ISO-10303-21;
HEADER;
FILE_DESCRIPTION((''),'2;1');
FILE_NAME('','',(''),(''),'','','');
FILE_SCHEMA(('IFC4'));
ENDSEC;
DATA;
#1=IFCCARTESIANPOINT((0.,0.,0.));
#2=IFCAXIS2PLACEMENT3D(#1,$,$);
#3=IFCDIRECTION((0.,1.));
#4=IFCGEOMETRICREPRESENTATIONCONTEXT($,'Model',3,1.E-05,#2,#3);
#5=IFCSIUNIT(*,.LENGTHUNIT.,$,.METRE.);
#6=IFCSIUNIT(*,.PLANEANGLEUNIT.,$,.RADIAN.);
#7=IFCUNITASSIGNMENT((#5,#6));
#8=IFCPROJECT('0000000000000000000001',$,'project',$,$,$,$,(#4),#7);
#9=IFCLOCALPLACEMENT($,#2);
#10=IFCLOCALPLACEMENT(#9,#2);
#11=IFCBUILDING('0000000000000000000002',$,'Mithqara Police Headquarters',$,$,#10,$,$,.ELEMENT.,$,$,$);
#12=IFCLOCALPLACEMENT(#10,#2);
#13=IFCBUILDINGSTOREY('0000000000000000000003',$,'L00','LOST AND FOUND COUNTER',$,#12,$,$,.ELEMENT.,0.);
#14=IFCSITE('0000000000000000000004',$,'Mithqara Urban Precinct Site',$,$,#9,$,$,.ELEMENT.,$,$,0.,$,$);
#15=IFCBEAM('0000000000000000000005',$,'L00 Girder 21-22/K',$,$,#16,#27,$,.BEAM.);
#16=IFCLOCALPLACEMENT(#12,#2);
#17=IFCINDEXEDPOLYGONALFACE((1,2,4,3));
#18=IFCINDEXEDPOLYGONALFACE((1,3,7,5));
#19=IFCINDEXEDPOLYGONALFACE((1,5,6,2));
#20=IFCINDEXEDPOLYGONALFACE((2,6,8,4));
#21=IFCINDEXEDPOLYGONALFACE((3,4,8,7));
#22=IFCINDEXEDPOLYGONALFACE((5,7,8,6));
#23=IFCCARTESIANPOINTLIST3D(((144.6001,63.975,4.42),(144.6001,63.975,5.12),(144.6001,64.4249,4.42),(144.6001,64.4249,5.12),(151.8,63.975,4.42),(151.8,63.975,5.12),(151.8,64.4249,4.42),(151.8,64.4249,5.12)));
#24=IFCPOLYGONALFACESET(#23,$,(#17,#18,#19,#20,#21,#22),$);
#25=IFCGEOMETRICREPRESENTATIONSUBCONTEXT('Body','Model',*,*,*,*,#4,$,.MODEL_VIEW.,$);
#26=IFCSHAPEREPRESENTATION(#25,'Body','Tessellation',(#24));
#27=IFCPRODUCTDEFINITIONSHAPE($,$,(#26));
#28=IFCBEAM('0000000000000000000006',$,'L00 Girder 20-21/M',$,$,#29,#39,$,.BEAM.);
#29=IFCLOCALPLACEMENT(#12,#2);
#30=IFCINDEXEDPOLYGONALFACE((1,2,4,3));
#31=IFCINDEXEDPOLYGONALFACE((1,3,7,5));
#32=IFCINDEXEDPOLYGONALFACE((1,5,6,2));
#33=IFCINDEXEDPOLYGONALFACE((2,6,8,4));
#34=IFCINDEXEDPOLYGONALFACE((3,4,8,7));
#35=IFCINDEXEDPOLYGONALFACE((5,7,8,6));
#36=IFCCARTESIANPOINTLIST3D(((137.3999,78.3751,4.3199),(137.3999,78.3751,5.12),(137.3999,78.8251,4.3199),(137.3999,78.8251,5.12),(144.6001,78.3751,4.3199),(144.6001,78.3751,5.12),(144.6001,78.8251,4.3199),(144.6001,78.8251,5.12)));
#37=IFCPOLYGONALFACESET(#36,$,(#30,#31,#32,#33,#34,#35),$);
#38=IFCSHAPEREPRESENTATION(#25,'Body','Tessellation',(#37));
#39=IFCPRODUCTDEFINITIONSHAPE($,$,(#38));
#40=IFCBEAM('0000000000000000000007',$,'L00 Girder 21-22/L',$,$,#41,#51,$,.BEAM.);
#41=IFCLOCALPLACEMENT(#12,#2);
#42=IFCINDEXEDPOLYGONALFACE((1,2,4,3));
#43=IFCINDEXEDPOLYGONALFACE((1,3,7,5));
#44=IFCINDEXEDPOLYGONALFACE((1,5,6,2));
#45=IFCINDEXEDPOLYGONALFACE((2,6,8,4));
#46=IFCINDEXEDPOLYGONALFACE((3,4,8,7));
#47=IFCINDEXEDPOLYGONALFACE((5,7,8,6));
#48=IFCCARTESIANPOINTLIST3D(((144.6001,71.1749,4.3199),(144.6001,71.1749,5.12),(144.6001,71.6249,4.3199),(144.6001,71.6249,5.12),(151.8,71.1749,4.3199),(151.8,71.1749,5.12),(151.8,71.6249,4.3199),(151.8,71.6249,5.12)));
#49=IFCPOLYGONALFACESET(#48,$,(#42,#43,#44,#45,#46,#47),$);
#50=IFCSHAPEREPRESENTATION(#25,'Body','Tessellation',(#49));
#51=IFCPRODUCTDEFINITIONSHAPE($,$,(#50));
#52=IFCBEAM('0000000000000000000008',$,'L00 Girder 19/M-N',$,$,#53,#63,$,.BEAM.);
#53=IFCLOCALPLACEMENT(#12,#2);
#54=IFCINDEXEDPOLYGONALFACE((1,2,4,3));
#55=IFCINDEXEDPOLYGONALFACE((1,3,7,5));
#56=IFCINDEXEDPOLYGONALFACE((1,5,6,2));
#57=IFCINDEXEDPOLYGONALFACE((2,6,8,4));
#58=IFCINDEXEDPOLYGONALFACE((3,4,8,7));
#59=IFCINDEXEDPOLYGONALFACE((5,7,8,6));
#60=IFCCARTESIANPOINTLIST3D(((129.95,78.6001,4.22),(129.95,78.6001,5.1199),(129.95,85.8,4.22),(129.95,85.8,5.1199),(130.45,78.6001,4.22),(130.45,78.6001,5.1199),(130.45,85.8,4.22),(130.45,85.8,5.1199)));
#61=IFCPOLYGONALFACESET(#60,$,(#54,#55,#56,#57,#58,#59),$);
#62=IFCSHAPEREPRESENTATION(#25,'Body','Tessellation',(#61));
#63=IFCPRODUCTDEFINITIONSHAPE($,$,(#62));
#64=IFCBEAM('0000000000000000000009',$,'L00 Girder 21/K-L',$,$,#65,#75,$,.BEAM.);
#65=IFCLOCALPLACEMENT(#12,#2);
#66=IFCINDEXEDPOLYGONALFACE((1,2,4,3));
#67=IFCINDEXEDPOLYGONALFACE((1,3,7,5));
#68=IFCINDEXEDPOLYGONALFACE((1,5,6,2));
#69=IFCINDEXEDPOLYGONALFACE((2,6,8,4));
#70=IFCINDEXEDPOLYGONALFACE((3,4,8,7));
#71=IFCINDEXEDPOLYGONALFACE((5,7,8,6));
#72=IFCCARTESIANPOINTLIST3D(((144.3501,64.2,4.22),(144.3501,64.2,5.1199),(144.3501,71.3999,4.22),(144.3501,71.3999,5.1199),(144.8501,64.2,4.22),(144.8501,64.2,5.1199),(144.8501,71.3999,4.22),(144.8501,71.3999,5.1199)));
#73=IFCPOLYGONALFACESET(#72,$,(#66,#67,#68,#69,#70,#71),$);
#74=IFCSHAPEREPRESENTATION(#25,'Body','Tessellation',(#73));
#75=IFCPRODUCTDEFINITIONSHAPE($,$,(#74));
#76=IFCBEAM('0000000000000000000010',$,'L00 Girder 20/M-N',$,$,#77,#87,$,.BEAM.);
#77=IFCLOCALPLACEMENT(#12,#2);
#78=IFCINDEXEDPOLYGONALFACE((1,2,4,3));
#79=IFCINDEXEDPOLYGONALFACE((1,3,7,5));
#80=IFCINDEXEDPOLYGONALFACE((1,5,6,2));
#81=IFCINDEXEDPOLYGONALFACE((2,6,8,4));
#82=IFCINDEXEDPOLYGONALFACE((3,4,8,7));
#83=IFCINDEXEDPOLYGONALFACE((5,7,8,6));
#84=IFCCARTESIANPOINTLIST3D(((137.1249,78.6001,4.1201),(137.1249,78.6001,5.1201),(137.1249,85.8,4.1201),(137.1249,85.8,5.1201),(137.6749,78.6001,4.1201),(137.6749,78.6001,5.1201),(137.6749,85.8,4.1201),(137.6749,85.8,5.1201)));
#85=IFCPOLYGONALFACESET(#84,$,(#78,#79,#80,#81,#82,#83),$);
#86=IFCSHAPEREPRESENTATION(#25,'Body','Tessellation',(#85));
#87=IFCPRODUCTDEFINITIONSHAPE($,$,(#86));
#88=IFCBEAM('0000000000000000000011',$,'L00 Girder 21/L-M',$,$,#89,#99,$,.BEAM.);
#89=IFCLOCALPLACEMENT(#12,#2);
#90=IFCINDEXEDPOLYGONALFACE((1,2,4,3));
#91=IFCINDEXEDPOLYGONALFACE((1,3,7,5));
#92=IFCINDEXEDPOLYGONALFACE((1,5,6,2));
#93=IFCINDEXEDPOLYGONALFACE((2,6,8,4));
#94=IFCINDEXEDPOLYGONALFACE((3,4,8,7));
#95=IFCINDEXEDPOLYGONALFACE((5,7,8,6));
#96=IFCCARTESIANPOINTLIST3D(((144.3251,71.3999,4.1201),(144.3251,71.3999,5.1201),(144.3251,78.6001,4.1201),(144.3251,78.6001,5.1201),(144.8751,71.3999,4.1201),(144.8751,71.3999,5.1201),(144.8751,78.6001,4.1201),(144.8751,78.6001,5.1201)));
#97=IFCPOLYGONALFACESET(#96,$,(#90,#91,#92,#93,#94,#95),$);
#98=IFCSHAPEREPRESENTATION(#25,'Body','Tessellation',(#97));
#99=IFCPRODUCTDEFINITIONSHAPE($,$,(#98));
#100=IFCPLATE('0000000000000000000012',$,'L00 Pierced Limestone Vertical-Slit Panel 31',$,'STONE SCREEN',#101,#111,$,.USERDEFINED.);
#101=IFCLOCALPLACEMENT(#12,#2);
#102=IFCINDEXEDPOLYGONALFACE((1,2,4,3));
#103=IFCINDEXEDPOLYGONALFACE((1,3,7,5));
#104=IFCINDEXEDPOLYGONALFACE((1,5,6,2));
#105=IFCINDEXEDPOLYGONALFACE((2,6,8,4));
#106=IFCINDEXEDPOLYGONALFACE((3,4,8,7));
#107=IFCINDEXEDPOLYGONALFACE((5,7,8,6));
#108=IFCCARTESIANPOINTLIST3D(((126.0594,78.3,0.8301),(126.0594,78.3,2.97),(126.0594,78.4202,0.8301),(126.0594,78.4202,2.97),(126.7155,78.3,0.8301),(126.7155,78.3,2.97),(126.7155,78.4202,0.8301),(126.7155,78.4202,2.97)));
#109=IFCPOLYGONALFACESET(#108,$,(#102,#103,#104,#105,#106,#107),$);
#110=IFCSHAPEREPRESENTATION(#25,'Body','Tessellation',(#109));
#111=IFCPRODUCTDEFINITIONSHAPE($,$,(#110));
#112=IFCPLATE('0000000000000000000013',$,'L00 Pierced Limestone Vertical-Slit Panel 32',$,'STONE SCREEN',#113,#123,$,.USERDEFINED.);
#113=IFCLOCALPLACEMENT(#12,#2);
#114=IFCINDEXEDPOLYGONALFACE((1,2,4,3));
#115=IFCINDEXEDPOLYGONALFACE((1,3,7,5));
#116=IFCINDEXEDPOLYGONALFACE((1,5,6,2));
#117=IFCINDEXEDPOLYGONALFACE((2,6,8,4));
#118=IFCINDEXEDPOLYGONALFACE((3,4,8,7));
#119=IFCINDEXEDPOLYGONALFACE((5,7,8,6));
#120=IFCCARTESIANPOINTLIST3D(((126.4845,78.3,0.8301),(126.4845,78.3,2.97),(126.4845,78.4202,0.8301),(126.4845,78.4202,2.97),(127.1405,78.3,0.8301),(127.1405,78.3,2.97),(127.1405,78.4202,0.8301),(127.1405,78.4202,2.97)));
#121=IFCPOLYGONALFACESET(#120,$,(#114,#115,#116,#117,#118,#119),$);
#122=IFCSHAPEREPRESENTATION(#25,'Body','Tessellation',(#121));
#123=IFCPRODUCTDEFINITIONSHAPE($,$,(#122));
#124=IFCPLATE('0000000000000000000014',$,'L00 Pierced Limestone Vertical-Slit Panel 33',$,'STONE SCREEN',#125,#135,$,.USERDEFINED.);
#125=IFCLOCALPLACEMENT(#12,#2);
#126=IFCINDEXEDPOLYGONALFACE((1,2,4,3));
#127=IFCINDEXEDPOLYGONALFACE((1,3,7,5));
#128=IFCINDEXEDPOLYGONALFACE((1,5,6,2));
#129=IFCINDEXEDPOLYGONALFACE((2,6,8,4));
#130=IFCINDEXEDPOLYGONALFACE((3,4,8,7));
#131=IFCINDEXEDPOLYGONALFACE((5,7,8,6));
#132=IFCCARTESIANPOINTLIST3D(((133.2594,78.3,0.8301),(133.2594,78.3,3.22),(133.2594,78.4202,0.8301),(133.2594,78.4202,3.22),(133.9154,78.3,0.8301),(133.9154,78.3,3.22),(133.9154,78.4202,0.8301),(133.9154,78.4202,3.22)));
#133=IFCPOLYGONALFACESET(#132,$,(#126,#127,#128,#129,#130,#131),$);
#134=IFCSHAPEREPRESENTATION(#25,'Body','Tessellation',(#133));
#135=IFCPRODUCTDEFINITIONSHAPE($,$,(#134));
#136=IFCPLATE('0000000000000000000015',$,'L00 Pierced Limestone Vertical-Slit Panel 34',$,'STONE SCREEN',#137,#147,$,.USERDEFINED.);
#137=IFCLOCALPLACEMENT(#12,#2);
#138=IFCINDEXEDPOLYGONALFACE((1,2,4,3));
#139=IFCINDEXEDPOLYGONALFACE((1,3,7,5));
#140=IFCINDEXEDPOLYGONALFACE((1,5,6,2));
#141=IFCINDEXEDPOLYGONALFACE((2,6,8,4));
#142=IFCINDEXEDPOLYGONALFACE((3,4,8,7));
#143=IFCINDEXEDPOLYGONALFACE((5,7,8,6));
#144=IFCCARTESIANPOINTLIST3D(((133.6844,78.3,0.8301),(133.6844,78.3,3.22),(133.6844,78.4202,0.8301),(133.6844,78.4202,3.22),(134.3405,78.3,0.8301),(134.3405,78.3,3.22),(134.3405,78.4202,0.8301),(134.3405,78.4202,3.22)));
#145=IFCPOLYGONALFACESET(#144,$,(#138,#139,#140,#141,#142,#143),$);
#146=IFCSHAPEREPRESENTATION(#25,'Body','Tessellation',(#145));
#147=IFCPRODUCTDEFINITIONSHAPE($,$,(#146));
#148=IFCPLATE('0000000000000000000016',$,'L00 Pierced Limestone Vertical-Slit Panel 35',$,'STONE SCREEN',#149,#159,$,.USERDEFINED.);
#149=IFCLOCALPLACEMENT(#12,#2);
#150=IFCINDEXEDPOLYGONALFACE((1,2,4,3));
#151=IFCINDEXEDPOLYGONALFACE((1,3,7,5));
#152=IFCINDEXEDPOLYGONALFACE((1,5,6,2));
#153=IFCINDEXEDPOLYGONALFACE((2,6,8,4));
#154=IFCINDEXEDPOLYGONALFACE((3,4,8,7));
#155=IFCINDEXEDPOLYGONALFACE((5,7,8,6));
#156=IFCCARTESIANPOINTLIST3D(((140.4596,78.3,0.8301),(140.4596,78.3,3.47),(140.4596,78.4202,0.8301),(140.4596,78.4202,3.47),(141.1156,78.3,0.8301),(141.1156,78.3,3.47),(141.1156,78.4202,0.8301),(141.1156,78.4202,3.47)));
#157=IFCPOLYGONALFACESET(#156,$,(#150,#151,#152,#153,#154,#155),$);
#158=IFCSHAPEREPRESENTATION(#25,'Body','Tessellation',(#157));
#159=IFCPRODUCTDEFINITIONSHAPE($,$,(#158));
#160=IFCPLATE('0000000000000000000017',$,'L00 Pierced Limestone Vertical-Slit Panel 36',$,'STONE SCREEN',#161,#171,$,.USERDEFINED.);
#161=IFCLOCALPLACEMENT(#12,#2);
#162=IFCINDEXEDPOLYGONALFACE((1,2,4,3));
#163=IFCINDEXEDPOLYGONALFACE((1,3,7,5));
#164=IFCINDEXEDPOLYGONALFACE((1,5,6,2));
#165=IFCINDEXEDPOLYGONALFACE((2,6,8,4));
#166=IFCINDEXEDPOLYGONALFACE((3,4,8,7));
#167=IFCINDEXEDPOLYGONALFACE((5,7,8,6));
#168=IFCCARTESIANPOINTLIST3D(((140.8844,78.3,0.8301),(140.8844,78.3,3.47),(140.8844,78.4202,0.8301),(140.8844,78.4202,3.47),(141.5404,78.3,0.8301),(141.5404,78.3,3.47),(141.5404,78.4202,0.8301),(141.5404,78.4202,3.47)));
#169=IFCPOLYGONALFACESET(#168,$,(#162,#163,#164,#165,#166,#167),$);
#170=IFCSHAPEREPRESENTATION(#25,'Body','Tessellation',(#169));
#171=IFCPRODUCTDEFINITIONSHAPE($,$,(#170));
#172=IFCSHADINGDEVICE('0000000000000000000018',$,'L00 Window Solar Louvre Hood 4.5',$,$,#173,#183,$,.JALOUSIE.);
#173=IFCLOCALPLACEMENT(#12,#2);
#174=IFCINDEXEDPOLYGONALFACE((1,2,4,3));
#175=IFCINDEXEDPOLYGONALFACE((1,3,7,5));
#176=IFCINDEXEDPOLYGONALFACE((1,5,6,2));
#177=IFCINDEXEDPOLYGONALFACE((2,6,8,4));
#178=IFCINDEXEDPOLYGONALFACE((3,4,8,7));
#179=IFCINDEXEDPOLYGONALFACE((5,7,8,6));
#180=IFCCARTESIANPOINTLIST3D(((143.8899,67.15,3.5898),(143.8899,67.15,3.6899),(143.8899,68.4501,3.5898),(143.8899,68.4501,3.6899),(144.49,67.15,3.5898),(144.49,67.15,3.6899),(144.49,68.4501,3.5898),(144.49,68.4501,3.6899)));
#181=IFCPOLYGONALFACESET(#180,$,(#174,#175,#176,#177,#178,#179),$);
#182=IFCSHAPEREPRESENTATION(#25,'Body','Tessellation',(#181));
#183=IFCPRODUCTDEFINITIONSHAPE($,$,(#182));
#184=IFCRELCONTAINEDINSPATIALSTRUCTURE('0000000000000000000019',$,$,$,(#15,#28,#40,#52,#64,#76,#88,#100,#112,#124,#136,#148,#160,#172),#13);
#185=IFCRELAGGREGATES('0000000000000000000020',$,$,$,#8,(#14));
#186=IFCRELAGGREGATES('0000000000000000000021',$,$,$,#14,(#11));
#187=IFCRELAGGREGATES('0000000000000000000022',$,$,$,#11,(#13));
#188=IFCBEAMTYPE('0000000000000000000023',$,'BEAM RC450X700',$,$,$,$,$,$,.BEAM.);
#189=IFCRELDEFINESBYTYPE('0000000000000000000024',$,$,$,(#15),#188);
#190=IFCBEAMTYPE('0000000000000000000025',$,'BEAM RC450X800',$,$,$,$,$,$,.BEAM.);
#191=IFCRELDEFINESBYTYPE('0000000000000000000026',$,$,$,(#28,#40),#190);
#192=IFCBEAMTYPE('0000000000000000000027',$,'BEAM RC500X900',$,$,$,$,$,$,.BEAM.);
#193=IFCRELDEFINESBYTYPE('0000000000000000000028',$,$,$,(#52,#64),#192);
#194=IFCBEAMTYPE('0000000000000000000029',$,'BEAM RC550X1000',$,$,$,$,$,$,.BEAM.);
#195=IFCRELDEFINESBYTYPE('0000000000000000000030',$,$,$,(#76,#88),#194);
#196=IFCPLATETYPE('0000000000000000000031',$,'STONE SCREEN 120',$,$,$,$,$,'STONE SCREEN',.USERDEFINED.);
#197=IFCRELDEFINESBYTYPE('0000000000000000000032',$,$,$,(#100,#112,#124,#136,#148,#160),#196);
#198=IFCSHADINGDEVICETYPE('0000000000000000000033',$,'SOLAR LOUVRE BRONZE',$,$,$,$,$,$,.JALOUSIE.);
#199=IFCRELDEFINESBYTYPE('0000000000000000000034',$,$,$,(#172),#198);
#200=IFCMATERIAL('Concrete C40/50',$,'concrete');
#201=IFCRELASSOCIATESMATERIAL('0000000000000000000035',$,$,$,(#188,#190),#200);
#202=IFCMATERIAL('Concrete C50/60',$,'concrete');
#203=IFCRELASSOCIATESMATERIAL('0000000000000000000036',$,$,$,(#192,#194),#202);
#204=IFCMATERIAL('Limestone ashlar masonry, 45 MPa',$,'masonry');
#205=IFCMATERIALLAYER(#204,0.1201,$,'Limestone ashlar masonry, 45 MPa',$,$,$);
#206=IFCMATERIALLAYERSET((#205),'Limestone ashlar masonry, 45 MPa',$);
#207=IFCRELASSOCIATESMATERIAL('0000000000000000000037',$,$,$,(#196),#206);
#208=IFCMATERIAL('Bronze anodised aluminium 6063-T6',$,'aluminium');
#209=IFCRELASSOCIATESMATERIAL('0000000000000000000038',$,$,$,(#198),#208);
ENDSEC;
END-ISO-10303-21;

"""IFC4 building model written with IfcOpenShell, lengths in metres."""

from ifc_helpers import new_model, si_unit, direction, frame, origin, origin_2d, place, context, subcontext, project, spatial, rectangle, extrude, material, layer, layer_set, material_profile, profile_set, type_object, element, save


model = new_model("IFC4")

# Units and contexts
model_context = context("Model", 3, precision=1e-05, world=origin(), true_north=direction((0.0, 1.0)))
body_context = subcontext(model_context, "Body", "Model", "MODEL_VIEW")
ifc_project = project(units=[si_unit("LENGTHUNIT", "METRE"), si_unit("PLANEANGLEUNIT", "RADIAN")], contexts=[model_context])

# Site, building, storey
site_placement = place(None, origin())
site = spatial("IfcSite", under=ifc_project, at=site_placement, Name="Mithqara Urban Precinct Site", CompositionType="ELEMENT", RefElevation=0.0)
building_placement = place(site_placement, origin())
building = spatial("IfcBuilding", under=site, at=building_placement, Name="Mithqara Police Headquarters", CompositionType="ELEMENT")
storey_placement = place(building_placement, origin())
storey = spatial("IfcBuildingStorey", under=building, at=storey_placement, Name="L00", Description="LOST AND FOUND COUNTER", CompositionType="ELEMENT", Elevation=0.0)

# Shared definitions
ifc_material_1 = material(Name="Concrete C50/60", Category="concrete")

# Beams
ifc_material_2 = material(Name="Concrete C40/50", Category="concrete")
ifc_material_profile_1 = material_profile(ifc_material_2, rectangle(XDim=0.45, YDim=0.7, at=origin_2d()), Name="RC 450x700")
ifc_profile_set_1 = profile_set([ifc_material_profile_1], Name="Concrete C40/50")
beam_type_1 = type_object("IfcBeamType", Name="BEAM RC450X700", PredefinedType="BEAM", material=ifc_profile_set_1)
for number, where, z_axis, x_axis, name in (
    (1, (144.6001, 64.2, 4.77), (1.0, 0.0, 0.0), (0.0, 1.0, 0.0), "L00 Girder 21-22/K"),
):
    element("IfcBeam", number, at=place(storey_placement, frame(where, z_axis=z_axis, x_axis=x_axis)), inside=storey, type_object=beam_type_1, Name=name, PredefinedType="BEAM", context=body_context, shape_type="SweptSolid", body=[
        extrude(rectangle(XDim=0.45, YDim=0.7, at=origin_2d()), origin(), (0.0, 0.0, 1.0), 7.2),
    ])
ifc_material_profile_2 = material_profile(ifc_material_2, rectangle(XDim=0.45, YDim=0.8, at=origin_2d()), Name="RC 450x800")
ifc_profile_set_2 = profile_set([ifc_material_profile_2], Name="Concrete C40/50")
beam_type_2 = type_object("IfcBeamType", Name="BEAM RC450X800", PredefinedType="BEAM", material=ifc_profile_set_2)
beam_1_placement = place(storey_placement, frame((137.3999, 78.6001, 4.72), z_axis=(1.0, 0.0, 0.0), x_axis=(0.0, 1.0, 0.0)))
element("IfcBeam", 2, at=beam_1_placement, inside=storey, type_object=beam_type_2, Name="L00 Girder 20-21/M", PredefinedType="BEAM", context=body_context, shape_type="SweptSolid", body=[
    extrude(rectangle(XDim=0.45, YDim=0.8, at=origin_2d()), origin(), (0.0, 0.0, 1.0), 7.2002),
])
beam_2_placement = place(storey_placement, frame((144.6001, 71.3999, 4.72), z_axis=(1.0, 0.0, 0.0), x_axis=(0.0, 1.0, 0.0)))
element("IfcBeam", 3, at=beam_2_placement, inside=storey, type_object=beam_type_2, Name="L00 Girder 21-22/L", PredefinedType="BEAM", context=body_context, shape_type="SweptSolid", body=[
    extrude(rectangle(XDim=0.45, YDim=0.8, at=origin_2d()), origin(), (0.0, 0.0, 1.0), 7.2),
])
ifc_material_profile_3 = material_profile(ifc_material_1, rectangle(XDim=0.5, YDim=0.8999, at=origin_2d()), Name="RC 500x900")
ifc_profile_set_3 = profile_set([ifc_material_profile_3], Name="Concrete C50/60")
beam_type_3 = type_object("IfcBeamType", Name="BEAM RC500X900", PredefinedType="BEAM", material=ifc_profile_set_3)
for number, where, z_axis, x_axis, name in (
    (4, (130.2, 78.6001, 4.6699), (0.0, 1.0, 0.0), (-1.0, 0.0, 0.0), "L00 Girder 19/M-N"),
    (5, (144.6001, 64.2, 4.6699), (0.0, 1.0, 0.0), (-1.0, 0.0, 0.0), "L00 Girder 21/K-L"),
):
    element("IfcBeam", number, at=place(storey_placement, frame(where, z_axis=z_axis, x_axis=x_axis)), inside=storey, type_object=beam_type_3, Name=name, PredefinedType="BEAM", context=body_context, shape_type="SweptSolid", body=[
        extrude(rectangle(XDim=0.5, YDim=0.8999, at=origin_2d()), origin(), (0.0, 0.0, 1.0), 7.2),
    ])
ifc_material_profile_4 = material_profile(ifc_material_1, rectangle(XDim=0.55, YDim=1.0, at=origin_2d()), Name="RC 550x1000")
ifc_profile_set_4 = profile_set([ifc_material_profile_4], Name="Concrete C50/60")
beam_type_4 = type_object("IfcBeamType", Name="BEAM RC550X1000", PredefinedType="BEAM", material=ifc_profile_set_4)
beam_3_placement = place(storey_placement, frame((137.3999, 78.6001, 4.6201), z_axis=(0.0, 1.0, 0.0), x_axis=(-1.0, 0.0, 0.0)))
element("IfcBeam", 6, at=beam_3_placement, inside=storey, type_object=beam_type_4, Name="L00 Girder 20/M-N", PredefinedType="BEAM", context=body_context, shape_type="SweptSolid", body=[
    extrude(rectangle(XDim=0.55, YDim=1.0, at=origin_2d()), origin(), (0.0, 0.0, 1.0), 7.2),
])
beam_4_placement = place(storey_placement, frame((144.6001, 71.3999, 4.6201), z_axis=(0.0, 1.0, 0.0), x_axis=(-1.0, 0.0, 0.0)))
element("IfcBeam", 7, at=beam_4_placement, inside=storey, type_object=beam_type_4, Name="L00 Girder 21/L-M", PredefinedType="BEAM", context=body_context, shape_type="SweptSolid", body=[
    extrude(rectangle(XDim=0.55, YDim=1.0, at=origin_2d()), origin(), (0.0, 0.0, 1.0), 7.2002),
])

# Plates
ifc_material_3 = material(Name="Limestone ashlar masonry, 45 MPa", Category="masonry")
ifc_layer_1 = layer(ifc_material_3, 0.1201, Name="Limestone ashlar masonry, 45 MPa")
ifc_layer_set_1 = layer_set([ifc_layer_1], Name="Limestone ashlar masonry, 45 MPa")
plate_type = type_object("IfcPlateType", Name="STONE SCREEN 120", ElementType="STONE SCREEN", PredefinedType="USERDEFINED", material=ifc_layer_set_1)
for number, where, z_axis, x_axis, name in (
    (8, (126.3875, 78.3601, 0.8301), (0.0, 0.0, 1.0), (1.0, 0.0, 0.0), "L00 Pierced Limestone Vertical-Slit Panel 31"),
    (9, (126.8125, 78.3601, 0.8301), (0.0, 0.0, 1.0), (1.0, 0.0, 0.0), "L00 Pierced Limestone Vertical-Slit Panel 32"),
):
    element("IfcPlate", number, at=place(storey_placement, frame(where, z_axis=z_axis, x_axis=x_axis)), inside=storey, type_object=plate_type, Name=name, ObjectType="STONE SCREEN", PredefinedType="USERDEFINED", context=body_context, shape_type="SweptSolid", body=[
        extrude(rectangle(XDim=0.656, YDim=0.1201, at=origin_2d()), origin(), (0.0, 0.0, 1.0), 2.1399),
    ])
for number, where, z_axis, x_axis, name in (
    (10, (133.5874, 78.3601, 0.8301), (0.0, 0.0, 1.0), (1.0, 0.0, 0.0), "L00 Pierced Limestone Vertical-Slit Panel 33"),
    (11, (134.0125, 78.3601, 0.8301), (0.0, 0.0, 1.0), (1.0, 0.0, 0.0), "L00 Pierced Limestone Vertical-Slit Panel 34"),
):
    element("IfcPlate", number, at=place(storey_placement, frame(where, z_axis=z_axis, x_axis=x_axis)), inside=storey, type_object=plate_type, Name=name, ObjectType="STONE SCREEN", PredefinedType="USERDEFINED", context=body_context, shape_type="SweptSolid", body=[
        extrude(rectangle(XDim=0.656, YDim=0.1201, at=origin_2d()), origin(), (0.0, 0.0, 1.0), 2.3899),
    ])
for number, where, z_axis, x_axis, name in (
    (12, (140.7876, 78.3601, 0.8301), (0.0, 0.0, 1.0), (1.0, 0.0, 0.0), "L00 Pierced Limestone Vertical-Slit Panel 35"),
    (13, (141.2124, 78.3601, 0.8301), (0.0, 0.0, 1.0), (1.0, 0.0, 0.0), "L00 Pierced Limestone Vertical-Slit Panel 36"),
):
    element("IfcPlate", number, at=place(storey_placement, frame(where, z_axis=z_axis, x_axis=x_axis)), inside=storey, type_object=plate_type, Name=name, ObjectType="STONE SCREEN", PredefinedType="USERDEFINED", context=body_context, shape_type="SweptSolid", body=[
        extrude(rectangle(XDim=0.656, YDim=0.1201, at=origin_2d()), origin(), (0.0, 0.0, 1.0), 2.6399),
    ])

# Shading device
ifc_material_4 = material(Name="Bronze anodised aluminium 6063-T6", Category="aluminium")
shading_device_type = type_object("IfcShadingDeviceType", Name="SOLAR LOUVRE BRONZE", PredefinedType="JALOUSIE", material=ifc_material_4)
shading_device_placement = place(storey_placement, frame((144.1899, 67.8, 3.5898), z_axis=(0.0, 0.0, 1.0), x_axis=(0.0, 1.0, 0.0)))
element("IfcShadingDevice", 14, at=shading_device_placement, inside=storey, type_object=shading_device_type, Name="L00 Window Solar Louvre Hood 4.5", PredefinedType="JALOUSIE", context=body_context, shape_type="SweptSolid", body=[
    extrude(rectangle(XDim=1.3, YDim=0.6001, at=origin_2d()), origin(), (0.0, 0.0, 1.0), 0.1001),
])

save(model, "model.ifc")
